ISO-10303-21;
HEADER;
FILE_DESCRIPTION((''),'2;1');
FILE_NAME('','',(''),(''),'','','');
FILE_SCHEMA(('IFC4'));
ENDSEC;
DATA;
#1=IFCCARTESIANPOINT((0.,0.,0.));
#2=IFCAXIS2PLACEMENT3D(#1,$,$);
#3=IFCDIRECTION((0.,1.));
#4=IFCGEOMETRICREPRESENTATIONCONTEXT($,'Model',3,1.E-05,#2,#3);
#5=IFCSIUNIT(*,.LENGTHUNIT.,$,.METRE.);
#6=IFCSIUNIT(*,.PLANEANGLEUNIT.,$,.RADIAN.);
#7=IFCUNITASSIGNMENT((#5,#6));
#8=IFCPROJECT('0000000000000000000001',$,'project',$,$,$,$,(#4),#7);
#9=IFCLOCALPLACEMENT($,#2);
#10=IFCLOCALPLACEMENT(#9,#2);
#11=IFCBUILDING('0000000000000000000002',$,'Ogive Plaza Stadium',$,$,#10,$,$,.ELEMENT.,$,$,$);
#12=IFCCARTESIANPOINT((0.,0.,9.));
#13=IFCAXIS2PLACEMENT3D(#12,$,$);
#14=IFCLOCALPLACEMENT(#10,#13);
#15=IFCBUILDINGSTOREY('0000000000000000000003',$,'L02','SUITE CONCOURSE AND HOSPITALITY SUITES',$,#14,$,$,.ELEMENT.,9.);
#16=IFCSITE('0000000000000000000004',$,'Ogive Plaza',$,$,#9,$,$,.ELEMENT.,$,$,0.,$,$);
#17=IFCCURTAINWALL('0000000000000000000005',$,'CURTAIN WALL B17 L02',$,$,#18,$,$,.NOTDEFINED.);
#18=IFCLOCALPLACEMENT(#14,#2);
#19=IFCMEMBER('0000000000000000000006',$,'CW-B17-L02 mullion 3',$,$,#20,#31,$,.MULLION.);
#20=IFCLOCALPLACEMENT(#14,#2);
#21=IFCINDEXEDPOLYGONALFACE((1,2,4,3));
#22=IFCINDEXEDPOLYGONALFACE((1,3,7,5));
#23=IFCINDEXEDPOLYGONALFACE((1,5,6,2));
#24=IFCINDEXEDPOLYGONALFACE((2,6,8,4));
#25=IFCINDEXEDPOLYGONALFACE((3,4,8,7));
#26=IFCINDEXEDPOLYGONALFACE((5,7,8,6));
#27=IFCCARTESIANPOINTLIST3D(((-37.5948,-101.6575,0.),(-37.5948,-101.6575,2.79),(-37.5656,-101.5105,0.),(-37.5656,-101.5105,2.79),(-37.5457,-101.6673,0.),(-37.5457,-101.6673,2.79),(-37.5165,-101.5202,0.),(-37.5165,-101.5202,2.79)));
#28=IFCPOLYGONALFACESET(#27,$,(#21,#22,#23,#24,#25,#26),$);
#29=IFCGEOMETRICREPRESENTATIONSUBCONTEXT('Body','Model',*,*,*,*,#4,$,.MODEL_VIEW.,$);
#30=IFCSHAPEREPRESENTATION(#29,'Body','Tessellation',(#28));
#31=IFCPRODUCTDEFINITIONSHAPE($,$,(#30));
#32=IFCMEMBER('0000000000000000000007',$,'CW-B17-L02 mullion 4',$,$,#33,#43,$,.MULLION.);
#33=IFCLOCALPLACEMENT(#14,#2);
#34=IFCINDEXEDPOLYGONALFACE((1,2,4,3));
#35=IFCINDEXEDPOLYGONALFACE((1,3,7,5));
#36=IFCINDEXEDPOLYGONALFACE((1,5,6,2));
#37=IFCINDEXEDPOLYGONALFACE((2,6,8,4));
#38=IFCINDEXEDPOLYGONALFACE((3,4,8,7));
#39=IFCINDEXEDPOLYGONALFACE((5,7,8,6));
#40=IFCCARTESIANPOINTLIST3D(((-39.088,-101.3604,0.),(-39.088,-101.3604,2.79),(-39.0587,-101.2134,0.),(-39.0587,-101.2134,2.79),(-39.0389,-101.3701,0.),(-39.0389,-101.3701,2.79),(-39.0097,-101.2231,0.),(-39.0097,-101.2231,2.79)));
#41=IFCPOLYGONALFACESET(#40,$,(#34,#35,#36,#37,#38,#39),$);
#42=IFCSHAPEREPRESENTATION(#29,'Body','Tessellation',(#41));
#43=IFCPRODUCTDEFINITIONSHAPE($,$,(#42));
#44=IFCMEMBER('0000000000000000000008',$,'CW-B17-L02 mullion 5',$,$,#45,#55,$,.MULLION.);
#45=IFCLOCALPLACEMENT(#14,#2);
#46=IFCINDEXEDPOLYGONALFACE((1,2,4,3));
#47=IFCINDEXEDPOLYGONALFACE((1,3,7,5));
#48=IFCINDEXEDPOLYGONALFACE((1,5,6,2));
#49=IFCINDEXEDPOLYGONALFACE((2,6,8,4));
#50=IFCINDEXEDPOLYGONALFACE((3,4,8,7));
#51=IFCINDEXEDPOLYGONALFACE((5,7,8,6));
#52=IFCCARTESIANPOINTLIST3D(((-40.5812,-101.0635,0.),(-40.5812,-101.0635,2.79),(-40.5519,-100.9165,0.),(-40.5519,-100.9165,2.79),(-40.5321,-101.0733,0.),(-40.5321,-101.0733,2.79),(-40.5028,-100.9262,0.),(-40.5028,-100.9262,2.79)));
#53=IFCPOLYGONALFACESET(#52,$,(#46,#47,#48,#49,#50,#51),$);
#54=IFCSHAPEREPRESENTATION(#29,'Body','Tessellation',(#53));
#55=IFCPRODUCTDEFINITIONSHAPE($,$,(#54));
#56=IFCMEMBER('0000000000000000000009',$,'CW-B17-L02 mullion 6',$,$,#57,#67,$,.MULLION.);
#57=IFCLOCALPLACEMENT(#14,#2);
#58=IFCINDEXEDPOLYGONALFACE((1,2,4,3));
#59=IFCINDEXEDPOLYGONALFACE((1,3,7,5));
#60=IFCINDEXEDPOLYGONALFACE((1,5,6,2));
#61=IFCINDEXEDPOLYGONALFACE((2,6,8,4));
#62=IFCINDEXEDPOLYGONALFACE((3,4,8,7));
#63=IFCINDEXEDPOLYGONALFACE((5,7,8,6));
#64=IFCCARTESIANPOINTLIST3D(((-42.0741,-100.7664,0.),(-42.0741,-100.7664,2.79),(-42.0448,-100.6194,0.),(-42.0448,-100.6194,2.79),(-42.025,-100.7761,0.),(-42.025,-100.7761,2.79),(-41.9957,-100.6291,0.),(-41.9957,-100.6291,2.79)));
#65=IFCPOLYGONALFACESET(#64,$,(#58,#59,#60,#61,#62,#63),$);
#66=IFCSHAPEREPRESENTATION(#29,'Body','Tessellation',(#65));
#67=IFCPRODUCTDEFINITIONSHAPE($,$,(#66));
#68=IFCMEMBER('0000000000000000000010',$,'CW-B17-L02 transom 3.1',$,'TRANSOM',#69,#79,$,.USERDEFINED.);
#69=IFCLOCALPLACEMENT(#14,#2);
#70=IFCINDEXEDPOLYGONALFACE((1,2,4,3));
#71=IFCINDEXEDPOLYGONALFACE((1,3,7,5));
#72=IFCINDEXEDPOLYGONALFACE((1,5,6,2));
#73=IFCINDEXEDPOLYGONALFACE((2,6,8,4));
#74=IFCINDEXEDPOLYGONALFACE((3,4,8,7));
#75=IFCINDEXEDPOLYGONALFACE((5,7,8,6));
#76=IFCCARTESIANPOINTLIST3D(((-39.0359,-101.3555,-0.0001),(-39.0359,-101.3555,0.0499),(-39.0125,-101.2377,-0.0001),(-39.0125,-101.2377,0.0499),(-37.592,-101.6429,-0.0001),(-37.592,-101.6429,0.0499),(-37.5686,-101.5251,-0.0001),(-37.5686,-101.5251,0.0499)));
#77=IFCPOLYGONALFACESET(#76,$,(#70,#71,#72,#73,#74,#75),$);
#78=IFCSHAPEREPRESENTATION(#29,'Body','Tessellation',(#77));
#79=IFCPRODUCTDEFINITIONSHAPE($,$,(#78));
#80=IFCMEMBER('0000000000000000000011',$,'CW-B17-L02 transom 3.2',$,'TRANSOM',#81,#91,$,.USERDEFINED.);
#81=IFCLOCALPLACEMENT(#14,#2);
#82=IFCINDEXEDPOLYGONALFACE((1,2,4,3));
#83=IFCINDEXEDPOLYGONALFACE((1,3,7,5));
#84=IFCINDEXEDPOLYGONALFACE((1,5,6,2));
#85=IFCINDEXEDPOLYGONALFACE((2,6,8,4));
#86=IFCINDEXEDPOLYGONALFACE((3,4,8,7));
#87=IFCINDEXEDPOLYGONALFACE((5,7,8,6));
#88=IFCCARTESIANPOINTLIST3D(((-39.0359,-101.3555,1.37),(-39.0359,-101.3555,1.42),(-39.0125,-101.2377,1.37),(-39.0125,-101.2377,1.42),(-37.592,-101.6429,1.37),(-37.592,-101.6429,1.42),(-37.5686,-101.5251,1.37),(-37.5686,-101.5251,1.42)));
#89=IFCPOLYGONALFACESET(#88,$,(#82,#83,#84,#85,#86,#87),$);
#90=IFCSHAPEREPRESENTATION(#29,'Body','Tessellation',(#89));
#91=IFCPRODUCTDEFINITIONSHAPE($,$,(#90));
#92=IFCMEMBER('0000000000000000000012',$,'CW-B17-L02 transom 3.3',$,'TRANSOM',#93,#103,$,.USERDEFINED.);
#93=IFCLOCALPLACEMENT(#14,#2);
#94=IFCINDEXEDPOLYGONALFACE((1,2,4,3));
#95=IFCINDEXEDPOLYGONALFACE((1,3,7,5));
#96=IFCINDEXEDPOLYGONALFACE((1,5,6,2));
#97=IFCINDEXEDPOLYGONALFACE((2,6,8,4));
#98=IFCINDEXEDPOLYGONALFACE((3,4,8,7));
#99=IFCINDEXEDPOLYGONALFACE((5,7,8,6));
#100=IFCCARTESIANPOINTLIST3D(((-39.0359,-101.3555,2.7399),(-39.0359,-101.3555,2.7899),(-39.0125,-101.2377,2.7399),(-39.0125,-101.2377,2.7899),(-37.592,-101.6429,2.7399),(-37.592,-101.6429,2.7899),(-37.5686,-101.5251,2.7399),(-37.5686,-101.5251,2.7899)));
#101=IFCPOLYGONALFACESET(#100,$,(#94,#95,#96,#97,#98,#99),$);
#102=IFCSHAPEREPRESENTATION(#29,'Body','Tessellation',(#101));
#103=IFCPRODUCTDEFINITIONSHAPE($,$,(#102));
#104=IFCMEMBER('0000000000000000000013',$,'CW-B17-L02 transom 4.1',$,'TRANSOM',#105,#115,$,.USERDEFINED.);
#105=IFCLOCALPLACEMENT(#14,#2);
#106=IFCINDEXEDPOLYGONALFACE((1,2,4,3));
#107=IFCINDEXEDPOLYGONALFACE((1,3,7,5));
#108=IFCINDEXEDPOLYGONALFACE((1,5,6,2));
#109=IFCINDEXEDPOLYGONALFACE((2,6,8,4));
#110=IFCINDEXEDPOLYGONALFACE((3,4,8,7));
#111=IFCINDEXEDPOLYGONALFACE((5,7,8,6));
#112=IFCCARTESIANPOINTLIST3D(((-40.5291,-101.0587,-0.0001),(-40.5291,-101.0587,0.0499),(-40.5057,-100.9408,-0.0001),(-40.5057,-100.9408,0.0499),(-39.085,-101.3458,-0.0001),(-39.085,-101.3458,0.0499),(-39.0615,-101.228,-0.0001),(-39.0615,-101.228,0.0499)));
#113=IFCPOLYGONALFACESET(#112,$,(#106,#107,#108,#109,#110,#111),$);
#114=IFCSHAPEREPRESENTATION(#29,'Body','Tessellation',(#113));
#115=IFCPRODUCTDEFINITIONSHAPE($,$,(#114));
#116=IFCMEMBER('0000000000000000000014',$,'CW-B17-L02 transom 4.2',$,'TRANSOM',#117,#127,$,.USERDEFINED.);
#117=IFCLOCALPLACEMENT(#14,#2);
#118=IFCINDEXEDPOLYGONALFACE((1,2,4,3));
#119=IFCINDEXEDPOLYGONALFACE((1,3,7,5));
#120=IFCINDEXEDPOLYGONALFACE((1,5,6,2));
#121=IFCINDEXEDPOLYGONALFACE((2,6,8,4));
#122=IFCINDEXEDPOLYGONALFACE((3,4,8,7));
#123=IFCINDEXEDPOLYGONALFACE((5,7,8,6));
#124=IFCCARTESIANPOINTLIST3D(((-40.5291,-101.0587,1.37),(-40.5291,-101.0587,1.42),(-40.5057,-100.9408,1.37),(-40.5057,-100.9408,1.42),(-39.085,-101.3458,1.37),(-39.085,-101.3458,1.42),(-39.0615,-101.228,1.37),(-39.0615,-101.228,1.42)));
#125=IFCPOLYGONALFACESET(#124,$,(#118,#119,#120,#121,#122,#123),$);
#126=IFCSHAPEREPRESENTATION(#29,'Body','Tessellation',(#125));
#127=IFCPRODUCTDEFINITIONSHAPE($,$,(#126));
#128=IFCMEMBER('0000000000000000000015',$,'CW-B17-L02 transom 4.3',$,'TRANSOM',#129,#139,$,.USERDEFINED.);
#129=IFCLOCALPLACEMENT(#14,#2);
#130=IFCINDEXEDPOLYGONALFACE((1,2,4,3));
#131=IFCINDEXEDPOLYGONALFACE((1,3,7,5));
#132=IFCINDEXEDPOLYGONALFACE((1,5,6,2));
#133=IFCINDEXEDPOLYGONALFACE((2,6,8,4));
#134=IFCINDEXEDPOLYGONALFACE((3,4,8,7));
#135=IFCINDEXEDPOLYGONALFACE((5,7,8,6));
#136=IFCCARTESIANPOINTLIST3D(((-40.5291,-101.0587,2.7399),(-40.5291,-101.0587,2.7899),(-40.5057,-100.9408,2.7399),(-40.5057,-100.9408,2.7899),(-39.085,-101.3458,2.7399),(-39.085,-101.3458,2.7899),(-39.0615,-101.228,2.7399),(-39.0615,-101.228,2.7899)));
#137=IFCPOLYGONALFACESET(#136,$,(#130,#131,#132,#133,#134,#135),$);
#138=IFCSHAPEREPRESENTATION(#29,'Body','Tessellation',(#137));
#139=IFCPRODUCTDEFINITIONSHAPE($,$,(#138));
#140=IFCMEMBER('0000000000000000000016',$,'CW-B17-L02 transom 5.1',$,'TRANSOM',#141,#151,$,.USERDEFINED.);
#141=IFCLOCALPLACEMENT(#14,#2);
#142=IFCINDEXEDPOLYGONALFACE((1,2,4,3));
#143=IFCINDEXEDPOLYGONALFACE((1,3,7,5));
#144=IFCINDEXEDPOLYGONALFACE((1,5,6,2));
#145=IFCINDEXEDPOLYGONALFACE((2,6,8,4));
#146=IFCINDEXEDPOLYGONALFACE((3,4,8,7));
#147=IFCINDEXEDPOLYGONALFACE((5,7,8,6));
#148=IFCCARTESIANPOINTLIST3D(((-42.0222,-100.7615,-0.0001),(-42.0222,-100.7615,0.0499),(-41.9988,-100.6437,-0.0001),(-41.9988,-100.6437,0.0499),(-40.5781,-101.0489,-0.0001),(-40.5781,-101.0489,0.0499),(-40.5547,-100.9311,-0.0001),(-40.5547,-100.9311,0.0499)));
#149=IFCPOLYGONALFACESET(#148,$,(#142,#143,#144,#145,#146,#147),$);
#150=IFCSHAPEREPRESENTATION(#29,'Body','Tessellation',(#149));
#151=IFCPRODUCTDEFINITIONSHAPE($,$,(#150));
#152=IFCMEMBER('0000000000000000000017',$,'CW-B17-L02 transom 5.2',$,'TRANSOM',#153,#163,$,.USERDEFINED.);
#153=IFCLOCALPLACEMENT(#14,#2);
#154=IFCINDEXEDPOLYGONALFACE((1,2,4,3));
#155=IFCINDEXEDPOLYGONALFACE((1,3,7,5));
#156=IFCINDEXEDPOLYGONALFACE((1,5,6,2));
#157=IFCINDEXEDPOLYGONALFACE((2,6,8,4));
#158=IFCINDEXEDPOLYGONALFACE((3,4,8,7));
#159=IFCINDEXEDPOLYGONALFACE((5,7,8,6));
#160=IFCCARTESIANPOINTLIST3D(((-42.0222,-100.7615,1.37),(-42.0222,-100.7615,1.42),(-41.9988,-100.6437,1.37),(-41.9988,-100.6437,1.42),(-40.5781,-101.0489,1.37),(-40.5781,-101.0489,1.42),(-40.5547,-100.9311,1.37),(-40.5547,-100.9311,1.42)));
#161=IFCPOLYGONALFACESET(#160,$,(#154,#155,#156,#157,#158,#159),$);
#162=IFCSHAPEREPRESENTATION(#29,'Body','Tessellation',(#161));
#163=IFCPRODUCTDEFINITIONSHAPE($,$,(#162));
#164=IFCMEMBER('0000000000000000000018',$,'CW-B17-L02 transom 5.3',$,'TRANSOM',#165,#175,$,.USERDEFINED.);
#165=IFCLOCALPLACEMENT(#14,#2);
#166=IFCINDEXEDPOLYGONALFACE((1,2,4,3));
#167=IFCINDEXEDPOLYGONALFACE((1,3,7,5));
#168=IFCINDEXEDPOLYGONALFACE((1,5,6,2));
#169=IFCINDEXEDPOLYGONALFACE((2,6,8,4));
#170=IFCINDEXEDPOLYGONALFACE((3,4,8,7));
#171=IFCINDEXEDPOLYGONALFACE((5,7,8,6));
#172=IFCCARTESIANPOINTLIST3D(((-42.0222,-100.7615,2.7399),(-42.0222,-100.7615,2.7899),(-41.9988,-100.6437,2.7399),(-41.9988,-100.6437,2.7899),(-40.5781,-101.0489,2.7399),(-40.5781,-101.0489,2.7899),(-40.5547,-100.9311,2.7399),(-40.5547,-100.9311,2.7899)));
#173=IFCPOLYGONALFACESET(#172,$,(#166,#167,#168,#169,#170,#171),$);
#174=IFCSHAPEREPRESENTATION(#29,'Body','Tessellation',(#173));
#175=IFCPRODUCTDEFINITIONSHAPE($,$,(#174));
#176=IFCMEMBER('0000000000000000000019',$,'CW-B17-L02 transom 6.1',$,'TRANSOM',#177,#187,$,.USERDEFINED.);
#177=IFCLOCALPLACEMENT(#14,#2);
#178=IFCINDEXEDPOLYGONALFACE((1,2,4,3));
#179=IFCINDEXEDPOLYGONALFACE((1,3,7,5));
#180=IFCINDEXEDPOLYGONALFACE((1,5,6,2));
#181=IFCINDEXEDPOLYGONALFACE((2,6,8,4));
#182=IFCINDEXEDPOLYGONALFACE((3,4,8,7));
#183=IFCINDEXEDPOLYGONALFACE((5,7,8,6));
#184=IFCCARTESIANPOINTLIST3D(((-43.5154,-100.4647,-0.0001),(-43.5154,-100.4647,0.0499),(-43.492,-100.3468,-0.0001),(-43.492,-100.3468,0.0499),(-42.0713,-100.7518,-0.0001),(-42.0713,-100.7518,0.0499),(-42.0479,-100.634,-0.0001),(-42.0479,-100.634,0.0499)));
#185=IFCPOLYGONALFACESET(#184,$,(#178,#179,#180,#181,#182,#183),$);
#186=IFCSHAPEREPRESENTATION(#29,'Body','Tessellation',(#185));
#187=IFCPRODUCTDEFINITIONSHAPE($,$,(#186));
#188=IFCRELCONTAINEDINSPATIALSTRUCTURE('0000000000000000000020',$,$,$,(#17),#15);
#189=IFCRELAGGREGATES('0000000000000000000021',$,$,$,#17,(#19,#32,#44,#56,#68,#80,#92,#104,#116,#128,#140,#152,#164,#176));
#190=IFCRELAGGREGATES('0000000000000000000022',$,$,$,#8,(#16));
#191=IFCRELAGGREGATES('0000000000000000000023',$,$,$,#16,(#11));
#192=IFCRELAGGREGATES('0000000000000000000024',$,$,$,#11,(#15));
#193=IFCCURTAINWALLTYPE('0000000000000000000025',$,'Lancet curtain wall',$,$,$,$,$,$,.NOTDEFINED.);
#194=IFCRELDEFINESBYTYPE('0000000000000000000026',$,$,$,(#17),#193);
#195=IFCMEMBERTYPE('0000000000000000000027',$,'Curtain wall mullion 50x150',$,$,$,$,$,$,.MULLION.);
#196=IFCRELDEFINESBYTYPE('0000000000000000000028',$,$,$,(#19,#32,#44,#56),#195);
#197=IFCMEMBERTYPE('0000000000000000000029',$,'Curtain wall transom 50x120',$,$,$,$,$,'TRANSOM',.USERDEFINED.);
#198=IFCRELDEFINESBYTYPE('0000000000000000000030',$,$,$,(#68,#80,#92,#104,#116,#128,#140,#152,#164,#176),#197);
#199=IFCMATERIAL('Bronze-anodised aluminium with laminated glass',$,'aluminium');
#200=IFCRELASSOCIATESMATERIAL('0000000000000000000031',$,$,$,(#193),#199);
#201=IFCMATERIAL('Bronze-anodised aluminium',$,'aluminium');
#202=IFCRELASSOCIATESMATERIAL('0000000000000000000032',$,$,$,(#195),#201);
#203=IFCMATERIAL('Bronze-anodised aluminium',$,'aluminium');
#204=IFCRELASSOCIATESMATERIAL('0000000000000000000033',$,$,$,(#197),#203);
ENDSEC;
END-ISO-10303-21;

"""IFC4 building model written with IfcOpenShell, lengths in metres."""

from ifc_helpers import new_model, si_unit, direction, frame, origin, origin_2d, place, context, subcontext, project, spatial, rectangle, extrude, material, material_profile, profile_set, type_object, element, aggregate, save


model = new_model("IFC4")

# Units and contexts
model_context = context("Model", 3, precision=1e-05, world=origin(), true_north=direction((0.0, 1.0)))
body_context = subcontext(model_context, "Body", "Model", "MODEL_VIEW")
ifc_project = project(units=[si_unit("LENGTHUNIT", "METRE"), si_unit("PLANEANGLEUNIT", "RADIAN")], contexts=[model_context])

# Site, building, storey
site_placement = place(None, origin())
site = spatial("IfcSite", under=ifc_project, at=site_placement, Name="Ogive Plaza", CompositionType="ELEMENT", RefElevation=0.0)
building_placement = place(site_placement, origin())
building = spatial("IfcBuilding", under=site, at=building_placement, Name="Ogive Plaza Stadium", CompositionType="ELEMENT")
storey_placement = place(building_placement, frame((0.0, 0.0, 9.0)))
storey = spatial("IfcBuildingStorey", under=building, at=storey_placement, Name="L02", Description="SUITE CONCOURSE AND HOSPITALITY SUITES", CompositionType="ELEMENT", Elevation=9.0)

# Curtain wall, members
ifc_material_1 = material(Name="Bronze-anodised aluminium with laminated glass", Category="aluminium")
curtain_wall_type = type_object("IfcCurtainWallType", Name="Lancet curtain wall", PredefinedType="NOTDEFINED", material=ifc_material_1)
curtain_wall_placement = place(storey_placement, origin())
curtain_wall = element("IfcCurtainWall", 1, at=curtain_wall_placement, inside=storey, type_object=curtain_wall_type, Name="CURTAIN WALL B17 L02", PredefinedType="NOTDEFINED")
ifc_material_2 = material(Name="Bronze-anodised aluminium", Category="aluminium")
ifc_material_profile_1 = material_profile(ifc_material_2, rectangle(XDim=0.1499, YDim=0.05, at=origin_2d()), Name="AL 150x50")
ifc_profile_set_1 = profile_set([ifc_material_profile_1], Name="Bronze-anodised aluminium")
member_type_1 = type_object("IfcMemberType", Name="Curtain wall mullion 50x150", PredefinedType="MULLION", material=ifc_profile_set_1)
member_1_placement = place(storey_placement, frame((-37.5557, -101.5889, 0.0), z_axis=(0.0, 0.0, 1.0), x_axis=(-0.19509, -0.980785, 0.0)))
member_1 = element("IfcMember", 2, at=member_1_placement, type_object=member_type_1, Name="CW-B17-L02 mullion 3", PredefinedType="MULLION", context=body_context, shape_type="SweptSolid", body=[
    extrude(rectangle(XDim=0.1499, YDim=0.05, at=origin_2d()), origin(), (0.0, 0.0, 1.0), 2.79),
])
member_2_placement = place(storey_placement, frame((-39.0488, -101.2917, 0.0), z_axis=(0.0, 0.0, 1.0), x_axis=(-0.19509, -0.980785, 0.0)))
member_2 = element("IfcMember", 3, at=member_2_placement, type_object=member_type_1, Name="CW-B17-L02 mullion 4", PredefinedType="MULLION", context=body_context, shape_type="SweptSolid", body=[
    extrude(rectangle(XDim=0.1499, YDim=0.05, at=origin_2d()), origin(), (0.0, 0.0, 1.0), 2.79),
])
member_3_placement = place(storey_placement, frame((-40.542, -100.9949, 0.0), z_axis=(0.0, 0.0, 1.0), x_axis=(-0.19509, -0.980785, 0.0)))
member_3 = element("IfcMember", 4, at=member_3_placement, type_object=member_type_1, Name="CW-B17-L02 mullion 5", PredefinedType="MULLION", context=body_context, shape_type="SweptSolid", body=[
    extrude(rectangle(XDim=0.1499, YDim=0.05, at=origin_2d()), origin(), (0.0, 0.0, 1.0), 2.79),
])
member_4_placement = place(storey_placement, frame((-42.0349, -100.6978, 0.0), z_axis=(0.0, 0.0, 1.0), x_axis=(-0.19509, -0.980785, 0.0)))
member_4 = element("IfcMember", 5, at=member_4_placement, type_object=member_type_1, Name="CW-B17-L02 mullion 6", PredefinedType="MULLION", context=body_context, shape_type="SweptSolid", body=[
    extrude(rectangle(XDim=0.1499, YDim=0.05, at=origin_2d()), origin(), (0.0, 0.0, 1.0), 2.79),
])
ifc_material_3 = material(Name="Bronze-anodised aluminium", Category="aluminium")
ifc_material_profile_2 = material_profile(ifc_material_3, rectangle(XDim=0.1201, YDim=0.05, at=origin_2d()), Name="AL 120x50")
ifc_profile_set_2 = profile_set([ifc_material_profile_2], Name="Bronze-anodised aluminium")
member_type_2 = type_object("IfcMemberType", Name="Curtain wall transom 50x120", ElementType="TRANSOM", PredefinedType="USERDEFINED", material=ifc_profile_set_2)
member_5_placement = place(storey_placement, frame((-37.5803, -101.584, 0.0249), z_axis=(-0.980765, 0.195191, 0.0), x_axis=(-0.195191, -0.980765, 0.0)))
member_5 = element("IfcMember", 6, at=member_5_placement, type_object=member_type_2, Name="CW-B17-L02 transom 3.1", ObjectType="TRANSOM", PredefinedType="USERDEFINED", context=body_context, shape_type="SweptSolid", body=[
    extrude(rectangle(XDim=0.1201, YDim=0.05, at=origin_2d()), origin(), (0.0, 0.0, 1.0), 1.4722),
])
member_6_placement = place(storey_placement, frame((-37.5803, -101.584, 1.395), z_axis=(-0.980765, 0.195191, 0.0), x_axis=(-0.195191, -0.980765, 0.0)))
member_6 = element("IfcMember", 7, at=member_6_placement, type_object=member_type_2, Name="CW-B17-L02 transom 3.2", ObjectType="TRANSOM", PredefinedType="USERDEFINED", context=body_context, shape_type="SweptSolid", body=[
    extrude(rectangle(XDim=0.1201, YDim=0.05, at=origin_2d()), origin(), (0.0, 0.0, 1.0), 1.4722),
])
member_7_placement = place(storey_placement, frame((-37.5803, -101.584, 2.7649), z_axis=(-0.980765, 0.195191, 0.0), x_axis=(-0.195191, -0.980765, 0.0)))
member_7 = element("IfcMember", 8, at=member_7_placement, type_object=member_type_2, Name="CW-B17-L02 transom 3.3", ObjectType="TRANSOM", PredefinedType="USERDEFINED", context=body_context, shape_type="SweptSolid", body=[
    extrude(rectangle(XDim=0.1201, YDim=0.05, at=origin_2d()), origin(), (0.0, 0.0, 1.0), 1.4722),
])
member_8_placement = place(storey_placement, frame((-39.0732, -101.2869, 0.0249), z_axis=(-0.980803, 0.195, 0.0), x_axis=(-0.195, -0.980803, 0.0)))
member_8 = element("IfcMember", 9, at=member_8_placement, type_object=member_type_2, Name="CW-B17-L02 transom 4.1", ObjectType="TRANSOM", PredefinedType="USERDEFINED", context=body_context, shape_type="SweptSolid", body=[
    extrude(rectangle(XDim=0.1201, YDim=0.05, at=origin_2d()), origin(), (0.0, 0.0, 1.0), 1.4724),
])
member_9_placement = place(storey_placement, frame((-39.0732, -101.2869, 1.395), z_axis=(-0.980803, 0.195, 0.0), x_axis=(-0.195, -0.980803, 0.0)))
member_9 = element("IfcMember", 10, at=member_9_placement, type_object=member_type_2, Name="CW-B17-L02 transom 4.2", ObjectType="TRANSOM", PredefinedType="USERDEFINED", context=body_context, shape_type="SweptSolid", body=[
    extrude(rectangle(XDim=0.1201, YDim=0.05, at=origin_2d()), origin(), (0.0, 0.0, 1.0), 1.4724),
])
member_10_placement = place(storey_placement, frame((-39.0732, -101.2869, 2.7649), z_axis=(-0.980803, 0.195, 0.0), x_axis=(-0.195, -0.980803, 0.0)))
member_10 = element("IfcMember", 11, at=member_10_placement, type_object=member_type_2, Name="CW-B17-L02 transom 4.3", ObjectType="TRANSOM", PredefinedType="USERDEFINED", context=body_context, shape_type="SweptSolid", body=[
    extrude(rectangle(XDim=0.1201, YDim=0.05, at=origin_2d()), origin(), (0.0, 0.0, 1.0), 1.4724),
])
member_11_placement = place(storey_placement, frame((-40.5664, -100.99, 0.0249), z_axis=(-0.980772, 0.195159, 0.0), x_axis=(-0.195159, -0.980772, 0.0)))
member_11 = element("IfcMember", 12, at=member_11_placement, type_object=member_type_2, Name="CW-B17-L02 transom 5.1", ObjectType="TRANSOM", PredefinedType="USERDEFINED", context=body_context, shape_type="SweptSolid", body=[
    extrude(rectangle(XDim=0.1201, YDim=0.05, at=origin_2d()), origin(), (0.0, 0.0, 1.0), 1.4724),
])
member_12_placement = place(storey_placement, frame((-40.5664, -100.99, 1.395), z_axis=(-0.980772, 0.195159, 0.0), x_axis=(-0.195159, -0.980772, 0.0)))
member_12 = element("IfcMember", 13, at=member_12_placement, type_object=member_type_2, Name="CW-B17-L02 transom 5.2", ObjectType="TRANSOM", PredefinedType="USERDEFINED", context=body_context, shape_type="SweptSolid", body=[
    extrude(rectangle(XDim=0.1201, YDim=0.05, at=origin_2d()), origin(), (0.0, 0.0, 1.0), 1.4724),
])
member_13_placement = place(storey_placement, frame((-40.5664, -100.99, 2.7649), z_axis=(-0.980772, 0.195159, 0.0), x_axis=(-0.195159, -0.980772, 0.0)))
member_13 = element("IfcMember", 14, at=member_13_placement, type_object=member_type_2, Name="CW-B17-L02 transom 5.3", ObjectType="TRANSOM", PredefinedType="USERDEFINED", context=body_context, shape_type="SweptSolid", body=[
    extrude(rectangle(XDim=0.1201, YDim=0.05, at=origin_2d()), origin(), (0.0, 0.0, 1.0), 1.4724),
])
member_14_placement = place(storey_placement, frame((-42.0596, -100.6929, 0.0249), z_axis=(-0.980803, 0.195, 0.0), x_axis=(-0.195, -0.980803, 0.0)))
member_14 = element("IfcMember", 15, at=member_14_placement, type_object=member_type_2, Name="CW-B17-L02 transom 6.1", ObjectType="TRANSOM", PredefinedType="USERDEFINED", context=body_context, shape_type="SweptSolid", body=[
    extrude(rectangle(XDim=0.1201, YDim=0.05, at=origin_2d()), origin(), (0.0, 0.0, 1.0), 1.4724),
])
aggregate(curtain_wall, [member_1, member_2, member_3, member_4, member_5, member_6, member_7, member_8, member_9, member_10, member_11, member_12, member_13, member_14])

save(model, "model.ifc")
